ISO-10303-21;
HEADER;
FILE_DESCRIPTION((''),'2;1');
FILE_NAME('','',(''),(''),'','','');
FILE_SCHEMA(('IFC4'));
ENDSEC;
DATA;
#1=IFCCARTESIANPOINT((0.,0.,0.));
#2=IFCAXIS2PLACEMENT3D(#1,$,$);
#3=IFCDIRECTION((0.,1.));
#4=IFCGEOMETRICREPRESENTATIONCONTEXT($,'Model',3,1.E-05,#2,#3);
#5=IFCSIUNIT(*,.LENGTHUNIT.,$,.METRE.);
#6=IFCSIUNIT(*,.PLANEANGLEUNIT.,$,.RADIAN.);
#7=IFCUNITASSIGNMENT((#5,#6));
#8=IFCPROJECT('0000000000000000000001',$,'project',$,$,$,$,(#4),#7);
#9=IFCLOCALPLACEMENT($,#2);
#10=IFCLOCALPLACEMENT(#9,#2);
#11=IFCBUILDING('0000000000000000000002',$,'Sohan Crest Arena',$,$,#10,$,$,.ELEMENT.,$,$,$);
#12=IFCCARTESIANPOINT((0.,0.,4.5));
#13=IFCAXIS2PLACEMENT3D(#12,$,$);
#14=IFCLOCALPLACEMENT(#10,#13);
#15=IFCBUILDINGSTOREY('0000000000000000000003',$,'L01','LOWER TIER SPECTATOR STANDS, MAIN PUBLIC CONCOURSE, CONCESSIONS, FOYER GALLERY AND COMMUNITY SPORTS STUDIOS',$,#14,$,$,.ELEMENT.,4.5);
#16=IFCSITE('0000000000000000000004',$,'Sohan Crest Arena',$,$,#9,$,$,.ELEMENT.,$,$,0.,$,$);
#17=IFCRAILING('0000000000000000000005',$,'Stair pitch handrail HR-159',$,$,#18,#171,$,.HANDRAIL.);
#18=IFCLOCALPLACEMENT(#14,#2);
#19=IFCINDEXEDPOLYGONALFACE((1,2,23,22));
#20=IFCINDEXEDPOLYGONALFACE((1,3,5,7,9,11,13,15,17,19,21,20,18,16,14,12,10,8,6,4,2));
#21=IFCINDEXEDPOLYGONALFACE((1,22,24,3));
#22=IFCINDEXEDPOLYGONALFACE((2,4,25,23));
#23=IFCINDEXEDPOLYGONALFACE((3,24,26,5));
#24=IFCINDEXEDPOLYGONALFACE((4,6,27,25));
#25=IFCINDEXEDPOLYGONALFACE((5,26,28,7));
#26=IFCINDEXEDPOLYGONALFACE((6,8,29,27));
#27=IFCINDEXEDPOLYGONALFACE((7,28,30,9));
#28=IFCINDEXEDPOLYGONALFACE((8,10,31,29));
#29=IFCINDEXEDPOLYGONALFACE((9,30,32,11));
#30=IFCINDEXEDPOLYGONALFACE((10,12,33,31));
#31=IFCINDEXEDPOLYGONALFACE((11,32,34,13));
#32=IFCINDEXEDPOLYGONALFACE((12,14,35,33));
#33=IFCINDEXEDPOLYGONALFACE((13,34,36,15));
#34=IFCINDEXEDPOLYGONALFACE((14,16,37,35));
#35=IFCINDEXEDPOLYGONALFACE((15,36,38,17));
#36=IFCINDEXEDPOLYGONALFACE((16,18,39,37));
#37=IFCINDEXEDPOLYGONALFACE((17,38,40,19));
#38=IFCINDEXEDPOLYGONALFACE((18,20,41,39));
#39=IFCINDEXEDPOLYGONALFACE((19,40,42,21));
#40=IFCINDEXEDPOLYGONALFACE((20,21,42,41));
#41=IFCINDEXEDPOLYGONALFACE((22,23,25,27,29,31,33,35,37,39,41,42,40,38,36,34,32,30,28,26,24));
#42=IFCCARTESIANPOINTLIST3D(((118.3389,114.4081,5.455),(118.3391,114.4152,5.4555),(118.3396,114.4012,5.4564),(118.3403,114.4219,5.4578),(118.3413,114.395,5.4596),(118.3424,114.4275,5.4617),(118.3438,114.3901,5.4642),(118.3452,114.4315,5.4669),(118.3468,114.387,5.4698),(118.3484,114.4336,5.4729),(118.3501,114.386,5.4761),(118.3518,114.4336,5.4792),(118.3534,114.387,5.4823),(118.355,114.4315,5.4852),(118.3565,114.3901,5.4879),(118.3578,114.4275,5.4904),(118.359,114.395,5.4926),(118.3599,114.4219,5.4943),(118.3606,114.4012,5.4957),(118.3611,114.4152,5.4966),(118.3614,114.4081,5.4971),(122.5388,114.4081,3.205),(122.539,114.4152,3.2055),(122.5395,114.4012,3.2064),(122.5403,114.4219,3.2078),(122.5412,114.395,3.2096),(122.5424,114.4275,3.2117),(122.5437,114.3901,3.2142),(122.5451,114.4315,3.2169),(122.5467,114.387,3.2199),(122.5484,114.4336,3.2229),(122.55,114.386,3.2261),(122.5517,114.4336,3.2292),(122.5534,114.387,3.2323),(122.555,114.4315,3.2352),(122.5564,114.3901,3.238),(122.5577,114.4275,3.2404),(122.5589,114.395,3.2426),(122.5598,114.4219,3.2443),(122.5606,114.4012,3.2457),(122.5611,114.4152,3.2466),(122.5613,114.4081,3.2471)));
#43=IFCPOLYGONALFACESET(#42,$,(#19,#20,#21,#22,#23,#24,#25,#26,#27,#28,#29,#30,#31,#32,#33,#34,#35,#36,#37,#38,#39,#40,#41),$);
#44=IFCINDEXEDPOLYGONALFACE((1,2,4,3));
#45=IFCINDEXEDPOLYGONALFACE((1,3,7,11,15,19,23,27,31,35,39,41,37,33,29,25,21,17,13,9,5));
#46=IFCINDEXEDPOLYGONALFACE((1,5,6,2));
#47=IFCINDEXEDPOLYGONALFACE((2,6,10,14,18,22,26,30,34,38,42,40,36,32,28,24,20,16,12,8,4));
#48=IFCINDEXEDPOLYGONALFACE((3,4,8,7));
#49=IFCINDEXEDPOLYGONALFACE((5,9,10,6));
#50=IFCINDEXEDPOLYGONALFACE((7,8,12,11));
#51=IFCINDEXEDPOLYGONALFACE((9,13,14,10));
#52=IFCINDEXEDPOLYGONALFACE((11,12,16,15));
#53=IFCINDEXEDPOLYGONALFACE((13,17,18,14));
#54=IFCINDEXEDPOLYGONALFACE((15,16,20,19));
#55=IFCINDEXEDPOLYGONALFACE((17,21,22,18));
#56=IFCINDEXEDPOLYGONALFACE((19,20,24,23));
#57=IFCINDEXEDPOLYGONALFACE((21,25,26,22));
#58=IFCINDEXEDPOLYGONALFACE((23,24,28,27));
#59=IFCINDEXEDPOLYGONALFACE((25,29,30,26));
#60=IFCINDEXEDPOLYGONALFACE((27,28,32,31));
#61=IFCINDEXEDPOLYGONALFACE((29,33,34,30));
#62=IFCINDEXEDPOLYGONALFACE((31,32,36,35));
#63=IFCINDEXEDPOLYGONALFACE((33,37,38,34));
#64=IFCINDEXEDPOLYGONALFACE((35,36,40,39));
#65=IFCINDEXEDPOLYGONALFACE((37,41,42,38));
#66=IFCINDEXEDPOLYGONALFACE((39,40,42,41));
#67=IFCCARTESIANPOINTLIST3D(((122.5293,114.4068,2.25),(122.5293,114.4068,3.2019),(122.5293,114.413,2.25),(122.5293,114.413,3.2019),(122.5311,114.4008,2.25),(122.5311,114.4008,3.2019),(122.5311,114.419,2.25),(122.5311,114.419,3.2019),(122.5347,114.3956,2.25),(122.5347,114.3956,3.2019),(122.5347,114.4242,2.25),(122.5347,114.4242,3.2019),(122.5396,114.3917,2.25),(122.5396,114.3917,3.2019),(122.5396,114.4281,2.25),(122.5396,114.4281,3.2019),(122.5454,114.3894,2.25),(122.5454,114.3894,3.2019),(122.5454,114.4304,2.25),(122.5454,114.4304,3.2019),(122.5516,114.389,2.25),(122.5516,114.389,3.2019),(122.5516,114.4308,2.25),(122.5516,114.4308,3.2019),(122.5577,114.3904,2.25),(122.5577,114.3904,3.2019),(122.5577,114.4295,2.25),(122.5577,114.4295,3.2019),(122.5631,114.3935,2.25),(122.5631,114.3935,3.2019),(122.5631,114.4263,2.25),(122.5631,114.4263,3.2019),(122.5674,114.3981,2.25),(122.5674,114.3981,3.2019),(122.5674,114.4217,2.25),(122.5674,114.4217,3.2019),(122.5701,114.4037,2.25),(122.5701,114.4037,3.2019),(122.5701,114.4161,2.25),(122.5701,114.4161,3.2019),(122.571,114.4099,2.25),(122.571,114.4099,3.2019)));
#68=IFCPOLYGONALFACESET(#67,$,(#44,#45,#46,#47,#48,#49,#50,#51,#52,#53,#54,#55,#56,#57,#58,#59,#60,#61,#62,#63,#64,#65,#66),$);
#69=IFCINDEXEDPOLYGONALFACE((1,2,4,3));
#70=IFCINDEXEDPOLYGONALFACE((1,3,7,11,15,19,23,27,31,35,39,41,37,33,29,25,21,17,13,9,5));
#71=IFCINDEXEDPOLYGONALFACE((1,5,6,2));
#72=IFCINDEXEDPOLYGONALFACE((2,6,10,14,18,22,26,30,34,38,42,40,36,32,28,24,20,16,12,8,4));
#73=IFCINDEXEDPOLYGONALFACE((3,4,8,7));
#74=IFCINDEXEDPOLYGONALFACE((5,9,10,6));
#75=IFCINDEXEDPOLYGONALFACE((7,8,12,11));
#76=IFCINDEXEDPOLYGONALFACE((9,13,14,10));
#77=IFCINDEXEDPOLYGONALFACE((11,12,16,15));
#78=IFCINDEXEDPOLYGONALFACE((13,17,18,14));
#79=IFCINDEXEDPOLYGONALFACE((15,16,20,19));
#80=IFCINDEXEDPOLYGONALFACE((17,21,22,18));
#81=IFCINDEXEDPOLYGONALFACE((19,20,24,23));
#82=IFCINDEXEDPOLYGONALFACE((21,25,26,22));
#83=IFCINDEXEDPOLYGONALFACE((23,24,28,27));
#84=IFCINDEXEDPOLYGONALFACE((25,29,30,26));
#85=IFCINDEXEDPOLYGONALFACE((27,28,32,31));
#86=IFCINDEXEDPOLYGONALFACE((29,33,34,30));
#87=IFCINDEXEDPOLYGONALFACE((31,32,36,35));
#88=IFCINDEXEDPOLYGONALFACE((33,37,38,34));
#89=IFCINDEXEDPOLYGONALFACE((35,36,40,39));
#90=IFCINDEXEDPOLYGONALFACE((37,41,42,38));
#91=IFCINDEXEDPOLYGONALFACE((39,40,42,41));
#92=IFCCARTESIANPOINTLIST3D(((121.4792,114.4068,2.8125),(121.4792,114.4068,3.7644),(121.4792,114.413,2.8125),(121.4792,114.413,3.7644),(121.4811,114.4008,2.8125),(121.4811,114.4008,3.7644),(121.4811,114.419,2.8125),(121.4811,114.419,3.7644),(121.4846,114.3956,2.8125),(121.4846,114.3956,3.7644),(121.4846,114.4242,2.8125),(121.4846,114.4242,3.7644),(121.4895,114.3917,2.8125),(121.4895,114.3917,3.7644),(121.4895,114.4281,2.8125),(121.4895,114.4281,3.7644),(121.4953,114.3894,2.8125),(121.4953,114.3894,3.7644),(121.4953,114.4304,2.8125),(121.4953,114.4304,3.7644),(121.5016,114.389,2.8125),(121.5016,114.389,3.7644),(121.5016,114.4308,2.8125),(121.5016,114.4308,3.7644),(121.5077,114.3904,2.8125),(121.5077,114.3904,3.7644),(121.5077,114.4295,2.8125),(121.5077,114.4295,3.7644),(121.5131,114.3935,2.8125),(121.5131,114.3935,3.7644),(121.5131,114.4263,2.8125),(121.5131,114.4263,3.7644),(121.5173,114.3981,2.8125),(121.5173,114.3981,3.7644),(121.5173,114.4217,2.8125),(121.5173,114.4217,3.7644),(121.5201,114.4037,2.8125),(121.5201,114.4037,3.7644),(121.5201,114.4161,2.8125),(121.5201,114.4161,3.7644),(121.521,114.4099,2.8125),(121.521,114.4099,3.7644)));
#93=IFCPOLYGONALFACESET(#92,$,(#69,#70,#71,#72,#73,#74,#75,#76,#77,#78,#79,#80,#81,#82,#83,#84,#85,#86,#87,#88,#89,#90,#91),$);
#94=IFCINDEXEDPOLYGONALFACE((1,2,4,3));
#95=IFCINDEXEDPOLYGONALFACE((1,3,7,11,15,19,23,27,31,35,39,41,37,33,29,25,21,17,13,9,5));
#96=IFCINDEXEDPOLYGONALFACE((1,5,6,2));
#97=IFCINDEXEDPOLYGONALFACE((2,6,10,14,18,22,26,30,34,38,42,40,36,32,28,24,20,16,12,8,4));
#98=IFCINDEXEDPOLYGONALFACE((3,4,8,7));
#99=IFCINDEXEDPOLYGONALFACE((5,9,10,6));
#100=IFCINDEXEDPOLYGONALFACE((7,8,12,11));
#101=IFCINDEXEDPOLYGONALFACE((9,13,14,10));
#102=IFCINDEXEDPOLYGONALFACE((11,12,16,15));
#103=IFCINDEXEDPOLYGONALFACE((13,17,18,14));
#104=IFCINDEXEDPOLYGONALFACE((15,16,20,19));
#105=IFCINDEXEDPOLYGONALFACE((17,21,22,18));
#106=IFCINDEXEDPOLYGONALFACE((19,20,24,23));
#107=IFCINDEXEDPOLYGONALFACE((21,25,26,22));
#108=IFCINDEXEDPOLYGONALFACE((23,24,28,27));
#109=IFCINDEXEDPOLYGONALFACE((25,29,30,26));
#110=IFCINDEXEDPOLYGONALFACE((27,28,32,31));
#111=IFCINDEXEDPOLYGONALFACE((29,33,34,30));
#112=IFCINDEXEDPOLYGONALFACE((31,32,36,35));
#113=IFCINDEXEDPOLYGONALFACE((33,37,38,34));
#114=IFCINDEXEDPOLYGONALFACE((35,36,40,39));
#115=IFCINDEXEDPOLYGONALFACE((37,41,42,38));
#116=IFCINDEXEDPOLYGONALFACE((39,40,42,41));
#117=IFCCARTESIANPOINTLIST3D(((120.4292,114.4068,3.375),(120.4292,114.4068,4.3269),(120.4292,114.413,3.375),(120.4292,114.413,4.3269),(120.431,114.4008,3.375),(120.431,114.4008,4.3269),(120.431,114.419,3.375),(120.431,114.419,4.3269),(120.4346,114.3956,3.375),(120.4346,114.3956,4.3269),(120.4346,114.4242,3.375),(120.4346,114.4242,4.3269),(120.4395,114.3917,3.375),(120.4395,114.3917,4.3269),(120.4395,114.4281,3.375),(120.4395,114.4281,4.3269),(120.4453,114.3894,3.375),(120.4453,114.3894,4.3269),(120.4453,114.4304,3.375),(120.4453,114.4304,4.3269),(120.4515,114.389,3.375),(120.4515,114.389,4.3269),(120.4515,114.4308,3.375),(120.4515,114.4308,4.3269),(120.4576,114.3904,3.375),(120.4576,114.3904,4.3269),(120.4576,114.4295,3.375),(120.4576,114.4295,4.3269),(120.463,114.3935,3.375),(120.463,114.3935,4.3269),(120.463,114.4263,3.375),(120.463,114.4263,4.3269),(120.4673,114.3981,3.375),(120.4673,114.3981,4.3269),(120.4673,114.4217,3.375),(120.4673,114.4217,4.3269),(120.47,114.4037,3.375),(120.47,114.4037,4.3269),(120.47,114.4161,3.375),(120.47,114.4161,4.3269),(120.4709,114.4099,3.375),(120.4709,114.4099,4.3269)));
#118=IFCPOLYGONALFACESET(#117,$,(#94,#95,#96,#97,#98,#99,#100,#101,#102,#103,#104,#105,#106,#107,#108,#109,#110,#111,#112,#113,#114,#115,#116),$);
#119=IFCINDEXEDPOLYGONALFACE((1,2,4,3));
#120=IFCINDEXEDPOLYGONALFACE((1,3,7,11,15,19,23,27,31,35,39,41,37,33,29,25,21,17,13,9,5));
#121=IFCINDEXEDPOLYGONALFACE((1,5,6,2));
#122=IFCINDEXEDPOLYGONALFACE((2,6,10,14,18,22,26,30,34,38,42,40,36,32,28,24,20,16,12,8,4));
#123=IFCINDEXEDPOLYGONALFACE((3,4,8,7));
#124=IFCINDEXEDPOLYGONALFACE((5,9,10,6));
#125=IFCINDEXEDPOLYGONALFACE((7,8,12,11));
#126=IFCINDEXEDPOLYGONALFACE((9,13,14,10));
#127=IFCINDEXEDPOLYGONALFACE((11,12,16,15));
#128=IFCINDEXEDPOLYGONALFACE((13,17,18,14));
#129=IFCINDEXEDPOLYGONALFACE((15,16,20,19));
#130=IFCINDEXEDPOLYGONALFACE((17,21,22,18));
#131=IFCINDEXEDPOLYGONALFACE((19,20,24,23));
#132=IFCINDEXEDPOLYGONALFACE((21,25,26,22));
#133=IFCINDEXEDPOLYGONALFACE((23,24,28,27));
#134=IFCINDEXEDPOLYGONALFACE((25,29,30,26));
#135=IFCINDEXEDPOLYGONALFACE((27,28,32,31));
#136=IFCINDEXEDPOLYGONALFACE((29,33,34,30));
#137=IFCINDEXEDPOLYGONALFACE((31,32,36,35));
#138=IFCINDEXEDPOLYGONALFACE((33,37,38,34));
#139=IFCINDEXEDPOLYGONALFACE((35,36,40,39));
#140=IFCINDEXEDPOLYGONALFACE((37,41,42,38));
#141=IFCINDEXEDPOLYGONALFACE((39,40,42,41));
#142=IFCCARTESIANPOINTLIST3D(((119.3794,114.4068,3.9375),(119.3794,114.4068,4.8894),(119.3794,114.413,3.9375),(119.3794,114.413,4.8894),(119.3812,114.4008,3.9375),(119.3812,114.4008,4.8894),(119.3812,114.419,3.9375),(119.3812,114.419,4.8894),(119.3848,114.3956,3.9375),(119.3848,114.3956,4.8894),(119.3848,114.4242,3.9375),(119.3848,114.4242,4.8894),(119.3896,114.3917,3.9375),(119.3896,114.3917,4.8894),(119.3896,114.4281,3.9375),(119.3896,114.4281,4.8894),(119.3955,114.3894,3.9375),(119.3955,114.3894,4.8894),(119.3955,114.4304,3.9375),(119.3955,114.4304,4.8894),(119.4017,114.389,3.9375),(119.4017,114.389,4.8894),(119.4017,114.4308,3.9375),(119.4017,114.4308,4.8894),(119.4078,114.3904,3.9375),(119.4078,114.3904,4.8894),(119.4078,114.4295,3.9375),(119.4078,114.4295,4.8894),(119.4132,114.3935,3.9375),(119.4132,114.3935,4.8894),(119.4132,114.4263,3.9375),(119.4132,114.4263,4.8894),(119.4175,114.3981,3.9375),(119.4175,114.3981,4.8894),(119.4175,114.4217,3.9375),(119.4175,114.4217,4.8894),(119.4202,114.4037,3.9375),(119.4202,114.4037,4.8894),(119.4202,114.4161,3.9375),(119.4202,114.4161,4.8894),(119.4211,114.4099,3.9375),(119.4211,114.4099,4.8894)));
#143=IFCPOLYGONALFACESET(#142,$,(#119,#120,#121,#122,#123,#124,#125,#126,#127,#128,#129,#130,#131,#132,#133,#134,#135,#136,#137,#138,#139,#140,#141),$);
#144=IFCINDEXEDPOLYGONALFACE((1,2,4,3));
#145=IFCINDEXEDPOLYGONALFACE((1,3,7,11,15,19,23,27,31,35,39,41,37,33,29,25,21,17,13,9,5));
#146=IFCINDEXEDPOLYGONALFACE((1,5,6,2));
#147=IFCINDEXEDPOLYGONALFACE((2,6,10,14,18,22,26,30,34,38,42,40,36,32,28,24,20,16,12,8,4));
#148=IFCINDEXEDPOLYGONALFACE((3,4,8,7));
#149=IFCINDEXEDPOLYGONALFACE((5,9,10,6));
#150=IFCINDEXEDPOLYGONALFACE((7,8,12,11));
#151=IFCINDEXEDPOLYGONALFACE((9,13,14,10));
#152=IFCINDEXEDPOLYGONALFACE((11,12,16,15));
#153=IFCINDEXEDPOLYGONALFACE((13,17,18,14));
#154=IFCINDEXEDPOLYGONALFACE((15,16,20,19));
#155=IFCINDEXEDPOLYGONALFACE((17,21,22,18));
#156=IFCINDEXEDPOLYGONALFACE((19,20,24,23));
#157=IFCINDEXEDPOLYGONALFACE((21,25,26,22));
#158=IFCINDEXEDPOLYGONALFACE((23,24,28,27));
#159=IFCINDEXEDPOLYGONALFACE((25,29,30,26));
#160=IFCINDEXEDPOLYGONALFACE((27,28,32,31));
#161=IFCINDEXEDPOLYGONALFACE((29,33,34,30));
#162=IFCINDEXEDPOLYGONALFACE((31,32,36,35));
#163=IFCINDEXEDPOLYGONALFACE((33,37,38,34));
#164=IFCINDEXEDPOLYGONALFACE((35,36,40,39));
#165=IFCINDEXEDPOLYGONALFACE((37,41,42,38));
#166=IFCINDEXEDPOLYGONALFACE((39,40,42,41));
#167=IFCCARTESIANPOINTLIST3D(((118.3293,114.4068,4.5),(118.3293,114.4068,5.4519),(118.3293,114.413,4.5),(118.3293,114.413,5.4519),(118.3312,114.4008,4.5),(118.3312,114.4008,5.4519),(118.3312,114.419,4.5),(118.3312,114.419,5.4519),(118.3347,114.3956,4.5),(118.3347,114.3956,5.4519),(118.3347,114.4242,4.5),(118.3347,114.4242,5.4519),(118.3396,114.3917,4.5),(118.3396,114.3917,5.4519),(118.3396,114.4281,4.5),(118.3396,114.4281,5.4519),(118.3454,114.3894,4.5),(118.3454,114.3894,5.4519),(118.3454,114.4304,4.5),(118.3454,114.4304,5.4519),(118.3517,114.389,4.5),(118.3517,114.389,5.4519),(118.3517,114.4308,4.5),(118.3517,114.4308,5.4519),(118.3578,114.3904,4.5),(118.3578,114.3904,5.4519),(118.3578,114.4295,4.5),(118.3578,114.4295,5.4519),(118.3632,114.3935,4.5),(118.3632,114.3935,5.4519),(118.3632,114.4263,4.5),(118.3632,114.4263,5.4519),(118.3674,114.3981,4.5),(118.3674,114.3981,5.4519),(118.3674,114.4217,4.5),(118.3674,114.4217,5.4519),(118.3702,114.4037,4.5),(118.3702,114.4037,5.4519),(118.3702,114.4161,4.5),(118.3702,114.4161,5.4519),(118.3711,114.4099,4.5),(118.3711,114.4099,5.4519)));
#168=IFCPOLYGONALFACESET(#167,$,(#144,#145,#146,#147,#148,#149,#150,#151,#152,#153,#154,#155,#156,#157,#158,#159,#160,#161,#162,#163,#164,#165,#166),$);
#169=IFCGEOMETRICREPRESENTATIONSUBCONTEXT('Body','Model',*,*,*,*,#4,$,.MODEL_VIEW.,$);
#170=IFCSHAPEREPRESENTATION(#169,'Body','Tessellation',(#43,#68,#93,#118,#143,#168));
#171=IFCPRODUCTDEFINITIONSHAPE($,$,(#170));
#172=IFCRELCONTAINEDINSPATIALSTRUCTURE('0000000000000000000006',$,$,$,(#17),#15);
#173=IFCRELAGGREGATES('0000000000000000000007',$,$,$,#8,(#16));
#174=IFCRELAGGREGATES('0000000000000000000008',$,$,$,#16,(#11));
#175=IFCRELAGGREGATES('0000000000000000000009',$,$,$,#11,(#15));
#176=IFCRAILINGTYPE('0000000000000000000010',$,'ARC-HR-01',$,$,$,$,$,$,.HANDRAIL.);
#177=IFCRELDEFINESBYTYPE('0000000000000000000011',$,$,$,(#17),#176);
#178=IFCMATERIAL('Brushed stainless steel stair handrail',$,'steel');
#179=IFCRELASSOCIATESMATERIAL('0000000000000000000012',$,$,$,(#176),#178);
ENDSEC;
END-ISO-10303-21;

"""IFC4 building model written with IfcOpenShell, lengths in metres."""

from ifc_helpers import new_model, si_unit, direction, frame, origin, origin_2d, place, context, subcontext, project, spatial, circle, extrude, material, type_object, element, save


model = new_model("IFC4")

# Units and contexts
model_context = context("Model", 3, precision=1e-05, world=origin(), true_north=direction((0.0, 1.0)))
body_context = subcontext(model_context, "Body", "Model", "MODEL_VIEW")
ifc_project = project(units=[si_unit("LENGTHUNIT", "METRE"), si_unit("PLANEANGLEUNIT", "RADIAN")], contexts=[model_context])

# Site, building, storey
site_placement = place(None, origin())
site = spatial("IfcSite", under=ifc_project, at=site_placement, Name="Sohan Crest Arena", CompositionType="ELEMENT", RefElevation=0.0)
building_placement = place(site_placement, origin())
building = spatial("IfcBuilding", under=site, at=building_placement, Name="Sohan Crest Arena", CompositionType="ELEMENT")
storey_placement = place(building_placement, frame((0.0, 0.0, 4.5)))
storey = spatial("IfcBuildingStorey", under=building, at=storey_placement, Name="L01", Description="LOWER TIER SPECTATOR STANDS, MAIN PUBLIC CONCOURSE, CONCESSIONS, FOYER GALLERY AND COMMUNITY SPORTS STUDIOS", CompositionType="ELEMENT", Elevation=4.5)

# Railing
ifc_material_1 = material(Name="Brushed stainless steel stair handrail", Category="steel")
railing_type_1 = type_object("IfcRailingType", Name="ARC-HR-01", PredefinedType="HANDRAIL", material=ifc_material_1)
railing_1_placement = place(storey_placement, frame((122.55, 114.4099, 2.25)))
element("IfcRailing", 1, at=railing_1_placement, inside=storey, type_object=railing_type_1, Name="Stair pitch handrail HR-159", PredefinedType="HANDRAIL", context=body_context, shape_type="SweptSolid", body=[
    extrude(circle(Radius=0.0239, at=origin_2d()), frame((0.0, 0.0, 0.9761), z_axis=(-0.881478, 0.0, 0.472226), x_axis=(0.0, -1.0, 0.0)), (0.0, 0.0, 1.0), 4.7646),
    extrude(circle(Radius=0.021, at=origin_2d()), origin(), (0.0, 0.0, 1.0), 0.9519),
    extrude(circle(Radius=0.021, at=origin_2d()), frame((-1.05, 0.0, 0.5625)), (0.0, 0.0, 1.0), 0.9519),
    extrude(circle(Radius=0.021, at=origin_2d()), frame((-2.1001, 0.0, 1.125)), (0.0, 0.0, 1.0), 0.9519),
    extrude(circle(Radius=0.021, at=origin_2d()), frame((-3.1499, 0.0, 1.6875)), (0.0, 0.0, 1.0), 0.9519),
    extrude(circle(Radius=0.021, at=origin_2d()), frame((-4.2, 0.0, 2.25)), (0.0, 0.0, 1.0), 0.9519),
])

save(model, "model.ifc")
